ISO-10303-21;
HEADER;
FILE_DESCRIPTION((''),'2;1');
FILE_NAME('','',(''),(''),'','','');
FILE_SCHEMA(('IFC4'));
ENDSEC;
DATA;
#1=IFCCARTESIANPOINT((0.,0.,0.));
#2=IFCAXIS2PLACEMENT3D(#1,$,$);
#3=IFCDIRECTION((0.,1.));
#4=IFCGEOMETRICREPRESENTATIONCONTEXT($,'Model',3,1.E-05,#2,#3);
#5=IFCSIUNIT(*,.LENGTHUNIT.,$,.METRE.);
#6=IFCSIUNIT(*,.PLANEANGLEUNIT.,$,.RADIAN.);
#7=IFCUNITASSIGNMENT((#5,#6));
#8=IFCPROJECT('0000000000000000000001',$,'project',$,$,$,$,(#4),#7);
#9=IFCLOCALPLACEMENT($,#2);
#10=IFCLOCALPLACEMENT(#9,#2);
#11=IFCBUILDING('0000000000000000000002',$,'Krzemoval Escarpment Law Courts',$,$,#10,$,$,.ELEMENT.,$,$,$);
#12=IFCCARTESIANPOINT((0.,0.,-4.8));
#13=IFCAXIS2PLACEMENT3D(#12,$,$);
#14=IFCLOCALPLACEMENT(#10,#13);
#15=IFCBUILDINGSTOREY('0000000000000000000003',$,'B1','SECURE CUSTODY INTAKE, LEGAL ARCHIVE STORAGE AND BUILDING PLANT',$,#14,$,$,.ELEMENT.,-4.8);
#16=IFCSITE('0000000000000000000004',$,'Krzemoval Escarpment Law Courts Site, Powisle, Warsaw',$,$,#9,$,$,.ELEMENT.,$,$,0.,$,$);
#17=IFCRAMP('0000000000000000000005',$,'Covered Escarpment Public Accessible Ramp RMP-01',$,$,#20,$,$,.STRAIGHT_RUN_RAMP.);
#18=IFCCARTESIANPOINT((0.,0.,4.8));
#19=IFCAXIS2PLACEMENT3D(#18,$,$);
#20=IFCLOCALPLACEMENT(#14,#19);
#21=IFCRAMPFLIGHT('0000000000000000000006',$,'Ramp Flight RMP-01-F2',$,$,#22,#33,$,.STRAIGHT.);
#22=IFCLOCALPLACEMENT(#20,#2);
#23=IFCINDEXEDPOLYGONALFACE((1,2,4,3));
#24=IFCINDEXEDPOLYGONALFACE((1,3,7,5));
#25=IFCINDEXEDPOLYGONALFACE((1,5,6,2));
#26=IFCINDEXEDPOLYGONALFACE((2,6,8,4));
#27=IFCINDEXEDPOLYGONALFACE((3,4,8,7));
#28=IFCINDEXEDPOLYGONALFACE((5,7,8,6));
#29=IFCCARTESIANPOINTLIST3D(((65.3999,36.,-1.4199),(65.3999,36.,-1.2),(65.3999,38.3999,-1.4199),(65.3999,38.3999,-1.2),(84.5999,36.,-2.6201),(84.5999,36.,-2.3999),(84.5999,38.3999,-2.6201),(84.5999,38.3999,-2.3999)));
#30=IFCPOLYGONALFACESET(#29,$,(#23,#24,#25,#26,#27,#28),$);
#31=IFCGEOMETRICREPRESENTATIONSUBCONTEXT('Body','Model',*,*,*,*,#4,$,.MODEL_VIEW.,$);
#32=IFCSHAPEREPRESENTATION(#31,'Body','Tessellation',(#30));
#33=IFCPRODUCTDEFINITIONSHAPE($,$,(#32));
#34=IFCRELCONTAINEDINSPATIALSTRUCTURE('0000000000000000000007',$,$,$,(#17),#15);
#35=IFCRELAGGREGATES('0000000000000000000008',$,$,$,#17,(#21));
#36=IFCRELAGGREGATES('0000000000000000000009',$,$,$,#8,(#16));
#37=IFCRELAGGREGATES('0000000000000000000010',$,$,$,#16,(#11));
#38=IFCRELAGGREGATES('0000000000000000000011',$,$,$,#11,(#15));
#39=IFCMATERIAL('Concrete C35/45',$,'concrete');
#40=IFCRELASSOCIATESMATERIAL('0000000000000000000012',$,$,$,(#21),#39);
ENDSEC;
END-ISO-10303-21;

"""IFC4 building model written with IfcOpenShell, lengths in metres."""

from ifc_helpers import new_model, si_unit, direction, frame, origin, place, context, subcontext, project, spatial, polyline, outline, extrude, material, element, aggregate, save


model = new_model("IFC4")

# Units and contexts
model_context = context("Model", 3, precision=1e-05, world=origin(), true_north=direction((0.0, 1.0)))
body_context = subcontext(model_context, "Body", "Model", "MODEL_VIEW")
ifc_project = project(units=[si_unit("LENGTHUNIT", "METRE"), si_unit("PLANEANGLEUNIT", "RADIAN")], contexts=[model_context])

# Site, building, storey
site_placement = place(None, origin())
site = spatial("IfcSite", under=ifc_project, at=site_placement, Name="Krzemoval Escarpment Law Courts Site, Powisle, Warsaw", CompositionType="ELEMENT", RefElevation=0.0)
building_placement = place(site_placement, origin())
building = spatial("IfcBuilding", under=site, at=building_placement, Name="Krzemoval Escarpment Law Courts", CompositionType="ELEMENT")
storey_placement = place(building_placement, frame((0.0, 0.0, -4.8)))
storey = spatial("IfcBuildingStorey", under=building, at=storey_placement, Name="B1", Description="SECURE CUSTODY INTAKE, LEGAL ARCHIVE STORAGE AND BUILDING PLANT", CompositionType="ELEMENT", Elevation=-4.8)

# Ramp, ramp flight
ramp_placement = place(storey_placement, frame((0.0, 0.0, 4.8)))
ramp = element("IfcRamp", 1, at=ramp_placement, inside=storey, Name="Covered Escarpment Public Accessible Ramp RMP-01", PredefinedType="STRAIGHT_RUN_RAMP")
ifc_material_1 = material(Name="Concrete C35/45", Category="concrete")
ramp_flight_1_placement = place(ramp_placement, origin())
ramp_flight_1 = element("IfcRampFlight", 2, at=ramp_flight_1_placement, material=ifc_material_1, Name="Ramp Flight RMP-01-F2", PredefinedType="STRAIGHT", context=body_context, shape_type="SweptSolid", body=[
    extrude(outline(polyline([(0.0, -1.2), (19.2, -2.3999), (19.2, -2.6201), (0.0, -1.4199), (0.0, -1.2)])), frame((65.3999, 38.3999, 0.0), z_axis=(0.0, -1.0, 0.0), x_axis=(1.0, 0.0, 0.0)), (0.0, 0.0, 1.0), 2.3999),
])
aggregate(ramp, [ramp_flight_1])

save(model, "model.ifc")
